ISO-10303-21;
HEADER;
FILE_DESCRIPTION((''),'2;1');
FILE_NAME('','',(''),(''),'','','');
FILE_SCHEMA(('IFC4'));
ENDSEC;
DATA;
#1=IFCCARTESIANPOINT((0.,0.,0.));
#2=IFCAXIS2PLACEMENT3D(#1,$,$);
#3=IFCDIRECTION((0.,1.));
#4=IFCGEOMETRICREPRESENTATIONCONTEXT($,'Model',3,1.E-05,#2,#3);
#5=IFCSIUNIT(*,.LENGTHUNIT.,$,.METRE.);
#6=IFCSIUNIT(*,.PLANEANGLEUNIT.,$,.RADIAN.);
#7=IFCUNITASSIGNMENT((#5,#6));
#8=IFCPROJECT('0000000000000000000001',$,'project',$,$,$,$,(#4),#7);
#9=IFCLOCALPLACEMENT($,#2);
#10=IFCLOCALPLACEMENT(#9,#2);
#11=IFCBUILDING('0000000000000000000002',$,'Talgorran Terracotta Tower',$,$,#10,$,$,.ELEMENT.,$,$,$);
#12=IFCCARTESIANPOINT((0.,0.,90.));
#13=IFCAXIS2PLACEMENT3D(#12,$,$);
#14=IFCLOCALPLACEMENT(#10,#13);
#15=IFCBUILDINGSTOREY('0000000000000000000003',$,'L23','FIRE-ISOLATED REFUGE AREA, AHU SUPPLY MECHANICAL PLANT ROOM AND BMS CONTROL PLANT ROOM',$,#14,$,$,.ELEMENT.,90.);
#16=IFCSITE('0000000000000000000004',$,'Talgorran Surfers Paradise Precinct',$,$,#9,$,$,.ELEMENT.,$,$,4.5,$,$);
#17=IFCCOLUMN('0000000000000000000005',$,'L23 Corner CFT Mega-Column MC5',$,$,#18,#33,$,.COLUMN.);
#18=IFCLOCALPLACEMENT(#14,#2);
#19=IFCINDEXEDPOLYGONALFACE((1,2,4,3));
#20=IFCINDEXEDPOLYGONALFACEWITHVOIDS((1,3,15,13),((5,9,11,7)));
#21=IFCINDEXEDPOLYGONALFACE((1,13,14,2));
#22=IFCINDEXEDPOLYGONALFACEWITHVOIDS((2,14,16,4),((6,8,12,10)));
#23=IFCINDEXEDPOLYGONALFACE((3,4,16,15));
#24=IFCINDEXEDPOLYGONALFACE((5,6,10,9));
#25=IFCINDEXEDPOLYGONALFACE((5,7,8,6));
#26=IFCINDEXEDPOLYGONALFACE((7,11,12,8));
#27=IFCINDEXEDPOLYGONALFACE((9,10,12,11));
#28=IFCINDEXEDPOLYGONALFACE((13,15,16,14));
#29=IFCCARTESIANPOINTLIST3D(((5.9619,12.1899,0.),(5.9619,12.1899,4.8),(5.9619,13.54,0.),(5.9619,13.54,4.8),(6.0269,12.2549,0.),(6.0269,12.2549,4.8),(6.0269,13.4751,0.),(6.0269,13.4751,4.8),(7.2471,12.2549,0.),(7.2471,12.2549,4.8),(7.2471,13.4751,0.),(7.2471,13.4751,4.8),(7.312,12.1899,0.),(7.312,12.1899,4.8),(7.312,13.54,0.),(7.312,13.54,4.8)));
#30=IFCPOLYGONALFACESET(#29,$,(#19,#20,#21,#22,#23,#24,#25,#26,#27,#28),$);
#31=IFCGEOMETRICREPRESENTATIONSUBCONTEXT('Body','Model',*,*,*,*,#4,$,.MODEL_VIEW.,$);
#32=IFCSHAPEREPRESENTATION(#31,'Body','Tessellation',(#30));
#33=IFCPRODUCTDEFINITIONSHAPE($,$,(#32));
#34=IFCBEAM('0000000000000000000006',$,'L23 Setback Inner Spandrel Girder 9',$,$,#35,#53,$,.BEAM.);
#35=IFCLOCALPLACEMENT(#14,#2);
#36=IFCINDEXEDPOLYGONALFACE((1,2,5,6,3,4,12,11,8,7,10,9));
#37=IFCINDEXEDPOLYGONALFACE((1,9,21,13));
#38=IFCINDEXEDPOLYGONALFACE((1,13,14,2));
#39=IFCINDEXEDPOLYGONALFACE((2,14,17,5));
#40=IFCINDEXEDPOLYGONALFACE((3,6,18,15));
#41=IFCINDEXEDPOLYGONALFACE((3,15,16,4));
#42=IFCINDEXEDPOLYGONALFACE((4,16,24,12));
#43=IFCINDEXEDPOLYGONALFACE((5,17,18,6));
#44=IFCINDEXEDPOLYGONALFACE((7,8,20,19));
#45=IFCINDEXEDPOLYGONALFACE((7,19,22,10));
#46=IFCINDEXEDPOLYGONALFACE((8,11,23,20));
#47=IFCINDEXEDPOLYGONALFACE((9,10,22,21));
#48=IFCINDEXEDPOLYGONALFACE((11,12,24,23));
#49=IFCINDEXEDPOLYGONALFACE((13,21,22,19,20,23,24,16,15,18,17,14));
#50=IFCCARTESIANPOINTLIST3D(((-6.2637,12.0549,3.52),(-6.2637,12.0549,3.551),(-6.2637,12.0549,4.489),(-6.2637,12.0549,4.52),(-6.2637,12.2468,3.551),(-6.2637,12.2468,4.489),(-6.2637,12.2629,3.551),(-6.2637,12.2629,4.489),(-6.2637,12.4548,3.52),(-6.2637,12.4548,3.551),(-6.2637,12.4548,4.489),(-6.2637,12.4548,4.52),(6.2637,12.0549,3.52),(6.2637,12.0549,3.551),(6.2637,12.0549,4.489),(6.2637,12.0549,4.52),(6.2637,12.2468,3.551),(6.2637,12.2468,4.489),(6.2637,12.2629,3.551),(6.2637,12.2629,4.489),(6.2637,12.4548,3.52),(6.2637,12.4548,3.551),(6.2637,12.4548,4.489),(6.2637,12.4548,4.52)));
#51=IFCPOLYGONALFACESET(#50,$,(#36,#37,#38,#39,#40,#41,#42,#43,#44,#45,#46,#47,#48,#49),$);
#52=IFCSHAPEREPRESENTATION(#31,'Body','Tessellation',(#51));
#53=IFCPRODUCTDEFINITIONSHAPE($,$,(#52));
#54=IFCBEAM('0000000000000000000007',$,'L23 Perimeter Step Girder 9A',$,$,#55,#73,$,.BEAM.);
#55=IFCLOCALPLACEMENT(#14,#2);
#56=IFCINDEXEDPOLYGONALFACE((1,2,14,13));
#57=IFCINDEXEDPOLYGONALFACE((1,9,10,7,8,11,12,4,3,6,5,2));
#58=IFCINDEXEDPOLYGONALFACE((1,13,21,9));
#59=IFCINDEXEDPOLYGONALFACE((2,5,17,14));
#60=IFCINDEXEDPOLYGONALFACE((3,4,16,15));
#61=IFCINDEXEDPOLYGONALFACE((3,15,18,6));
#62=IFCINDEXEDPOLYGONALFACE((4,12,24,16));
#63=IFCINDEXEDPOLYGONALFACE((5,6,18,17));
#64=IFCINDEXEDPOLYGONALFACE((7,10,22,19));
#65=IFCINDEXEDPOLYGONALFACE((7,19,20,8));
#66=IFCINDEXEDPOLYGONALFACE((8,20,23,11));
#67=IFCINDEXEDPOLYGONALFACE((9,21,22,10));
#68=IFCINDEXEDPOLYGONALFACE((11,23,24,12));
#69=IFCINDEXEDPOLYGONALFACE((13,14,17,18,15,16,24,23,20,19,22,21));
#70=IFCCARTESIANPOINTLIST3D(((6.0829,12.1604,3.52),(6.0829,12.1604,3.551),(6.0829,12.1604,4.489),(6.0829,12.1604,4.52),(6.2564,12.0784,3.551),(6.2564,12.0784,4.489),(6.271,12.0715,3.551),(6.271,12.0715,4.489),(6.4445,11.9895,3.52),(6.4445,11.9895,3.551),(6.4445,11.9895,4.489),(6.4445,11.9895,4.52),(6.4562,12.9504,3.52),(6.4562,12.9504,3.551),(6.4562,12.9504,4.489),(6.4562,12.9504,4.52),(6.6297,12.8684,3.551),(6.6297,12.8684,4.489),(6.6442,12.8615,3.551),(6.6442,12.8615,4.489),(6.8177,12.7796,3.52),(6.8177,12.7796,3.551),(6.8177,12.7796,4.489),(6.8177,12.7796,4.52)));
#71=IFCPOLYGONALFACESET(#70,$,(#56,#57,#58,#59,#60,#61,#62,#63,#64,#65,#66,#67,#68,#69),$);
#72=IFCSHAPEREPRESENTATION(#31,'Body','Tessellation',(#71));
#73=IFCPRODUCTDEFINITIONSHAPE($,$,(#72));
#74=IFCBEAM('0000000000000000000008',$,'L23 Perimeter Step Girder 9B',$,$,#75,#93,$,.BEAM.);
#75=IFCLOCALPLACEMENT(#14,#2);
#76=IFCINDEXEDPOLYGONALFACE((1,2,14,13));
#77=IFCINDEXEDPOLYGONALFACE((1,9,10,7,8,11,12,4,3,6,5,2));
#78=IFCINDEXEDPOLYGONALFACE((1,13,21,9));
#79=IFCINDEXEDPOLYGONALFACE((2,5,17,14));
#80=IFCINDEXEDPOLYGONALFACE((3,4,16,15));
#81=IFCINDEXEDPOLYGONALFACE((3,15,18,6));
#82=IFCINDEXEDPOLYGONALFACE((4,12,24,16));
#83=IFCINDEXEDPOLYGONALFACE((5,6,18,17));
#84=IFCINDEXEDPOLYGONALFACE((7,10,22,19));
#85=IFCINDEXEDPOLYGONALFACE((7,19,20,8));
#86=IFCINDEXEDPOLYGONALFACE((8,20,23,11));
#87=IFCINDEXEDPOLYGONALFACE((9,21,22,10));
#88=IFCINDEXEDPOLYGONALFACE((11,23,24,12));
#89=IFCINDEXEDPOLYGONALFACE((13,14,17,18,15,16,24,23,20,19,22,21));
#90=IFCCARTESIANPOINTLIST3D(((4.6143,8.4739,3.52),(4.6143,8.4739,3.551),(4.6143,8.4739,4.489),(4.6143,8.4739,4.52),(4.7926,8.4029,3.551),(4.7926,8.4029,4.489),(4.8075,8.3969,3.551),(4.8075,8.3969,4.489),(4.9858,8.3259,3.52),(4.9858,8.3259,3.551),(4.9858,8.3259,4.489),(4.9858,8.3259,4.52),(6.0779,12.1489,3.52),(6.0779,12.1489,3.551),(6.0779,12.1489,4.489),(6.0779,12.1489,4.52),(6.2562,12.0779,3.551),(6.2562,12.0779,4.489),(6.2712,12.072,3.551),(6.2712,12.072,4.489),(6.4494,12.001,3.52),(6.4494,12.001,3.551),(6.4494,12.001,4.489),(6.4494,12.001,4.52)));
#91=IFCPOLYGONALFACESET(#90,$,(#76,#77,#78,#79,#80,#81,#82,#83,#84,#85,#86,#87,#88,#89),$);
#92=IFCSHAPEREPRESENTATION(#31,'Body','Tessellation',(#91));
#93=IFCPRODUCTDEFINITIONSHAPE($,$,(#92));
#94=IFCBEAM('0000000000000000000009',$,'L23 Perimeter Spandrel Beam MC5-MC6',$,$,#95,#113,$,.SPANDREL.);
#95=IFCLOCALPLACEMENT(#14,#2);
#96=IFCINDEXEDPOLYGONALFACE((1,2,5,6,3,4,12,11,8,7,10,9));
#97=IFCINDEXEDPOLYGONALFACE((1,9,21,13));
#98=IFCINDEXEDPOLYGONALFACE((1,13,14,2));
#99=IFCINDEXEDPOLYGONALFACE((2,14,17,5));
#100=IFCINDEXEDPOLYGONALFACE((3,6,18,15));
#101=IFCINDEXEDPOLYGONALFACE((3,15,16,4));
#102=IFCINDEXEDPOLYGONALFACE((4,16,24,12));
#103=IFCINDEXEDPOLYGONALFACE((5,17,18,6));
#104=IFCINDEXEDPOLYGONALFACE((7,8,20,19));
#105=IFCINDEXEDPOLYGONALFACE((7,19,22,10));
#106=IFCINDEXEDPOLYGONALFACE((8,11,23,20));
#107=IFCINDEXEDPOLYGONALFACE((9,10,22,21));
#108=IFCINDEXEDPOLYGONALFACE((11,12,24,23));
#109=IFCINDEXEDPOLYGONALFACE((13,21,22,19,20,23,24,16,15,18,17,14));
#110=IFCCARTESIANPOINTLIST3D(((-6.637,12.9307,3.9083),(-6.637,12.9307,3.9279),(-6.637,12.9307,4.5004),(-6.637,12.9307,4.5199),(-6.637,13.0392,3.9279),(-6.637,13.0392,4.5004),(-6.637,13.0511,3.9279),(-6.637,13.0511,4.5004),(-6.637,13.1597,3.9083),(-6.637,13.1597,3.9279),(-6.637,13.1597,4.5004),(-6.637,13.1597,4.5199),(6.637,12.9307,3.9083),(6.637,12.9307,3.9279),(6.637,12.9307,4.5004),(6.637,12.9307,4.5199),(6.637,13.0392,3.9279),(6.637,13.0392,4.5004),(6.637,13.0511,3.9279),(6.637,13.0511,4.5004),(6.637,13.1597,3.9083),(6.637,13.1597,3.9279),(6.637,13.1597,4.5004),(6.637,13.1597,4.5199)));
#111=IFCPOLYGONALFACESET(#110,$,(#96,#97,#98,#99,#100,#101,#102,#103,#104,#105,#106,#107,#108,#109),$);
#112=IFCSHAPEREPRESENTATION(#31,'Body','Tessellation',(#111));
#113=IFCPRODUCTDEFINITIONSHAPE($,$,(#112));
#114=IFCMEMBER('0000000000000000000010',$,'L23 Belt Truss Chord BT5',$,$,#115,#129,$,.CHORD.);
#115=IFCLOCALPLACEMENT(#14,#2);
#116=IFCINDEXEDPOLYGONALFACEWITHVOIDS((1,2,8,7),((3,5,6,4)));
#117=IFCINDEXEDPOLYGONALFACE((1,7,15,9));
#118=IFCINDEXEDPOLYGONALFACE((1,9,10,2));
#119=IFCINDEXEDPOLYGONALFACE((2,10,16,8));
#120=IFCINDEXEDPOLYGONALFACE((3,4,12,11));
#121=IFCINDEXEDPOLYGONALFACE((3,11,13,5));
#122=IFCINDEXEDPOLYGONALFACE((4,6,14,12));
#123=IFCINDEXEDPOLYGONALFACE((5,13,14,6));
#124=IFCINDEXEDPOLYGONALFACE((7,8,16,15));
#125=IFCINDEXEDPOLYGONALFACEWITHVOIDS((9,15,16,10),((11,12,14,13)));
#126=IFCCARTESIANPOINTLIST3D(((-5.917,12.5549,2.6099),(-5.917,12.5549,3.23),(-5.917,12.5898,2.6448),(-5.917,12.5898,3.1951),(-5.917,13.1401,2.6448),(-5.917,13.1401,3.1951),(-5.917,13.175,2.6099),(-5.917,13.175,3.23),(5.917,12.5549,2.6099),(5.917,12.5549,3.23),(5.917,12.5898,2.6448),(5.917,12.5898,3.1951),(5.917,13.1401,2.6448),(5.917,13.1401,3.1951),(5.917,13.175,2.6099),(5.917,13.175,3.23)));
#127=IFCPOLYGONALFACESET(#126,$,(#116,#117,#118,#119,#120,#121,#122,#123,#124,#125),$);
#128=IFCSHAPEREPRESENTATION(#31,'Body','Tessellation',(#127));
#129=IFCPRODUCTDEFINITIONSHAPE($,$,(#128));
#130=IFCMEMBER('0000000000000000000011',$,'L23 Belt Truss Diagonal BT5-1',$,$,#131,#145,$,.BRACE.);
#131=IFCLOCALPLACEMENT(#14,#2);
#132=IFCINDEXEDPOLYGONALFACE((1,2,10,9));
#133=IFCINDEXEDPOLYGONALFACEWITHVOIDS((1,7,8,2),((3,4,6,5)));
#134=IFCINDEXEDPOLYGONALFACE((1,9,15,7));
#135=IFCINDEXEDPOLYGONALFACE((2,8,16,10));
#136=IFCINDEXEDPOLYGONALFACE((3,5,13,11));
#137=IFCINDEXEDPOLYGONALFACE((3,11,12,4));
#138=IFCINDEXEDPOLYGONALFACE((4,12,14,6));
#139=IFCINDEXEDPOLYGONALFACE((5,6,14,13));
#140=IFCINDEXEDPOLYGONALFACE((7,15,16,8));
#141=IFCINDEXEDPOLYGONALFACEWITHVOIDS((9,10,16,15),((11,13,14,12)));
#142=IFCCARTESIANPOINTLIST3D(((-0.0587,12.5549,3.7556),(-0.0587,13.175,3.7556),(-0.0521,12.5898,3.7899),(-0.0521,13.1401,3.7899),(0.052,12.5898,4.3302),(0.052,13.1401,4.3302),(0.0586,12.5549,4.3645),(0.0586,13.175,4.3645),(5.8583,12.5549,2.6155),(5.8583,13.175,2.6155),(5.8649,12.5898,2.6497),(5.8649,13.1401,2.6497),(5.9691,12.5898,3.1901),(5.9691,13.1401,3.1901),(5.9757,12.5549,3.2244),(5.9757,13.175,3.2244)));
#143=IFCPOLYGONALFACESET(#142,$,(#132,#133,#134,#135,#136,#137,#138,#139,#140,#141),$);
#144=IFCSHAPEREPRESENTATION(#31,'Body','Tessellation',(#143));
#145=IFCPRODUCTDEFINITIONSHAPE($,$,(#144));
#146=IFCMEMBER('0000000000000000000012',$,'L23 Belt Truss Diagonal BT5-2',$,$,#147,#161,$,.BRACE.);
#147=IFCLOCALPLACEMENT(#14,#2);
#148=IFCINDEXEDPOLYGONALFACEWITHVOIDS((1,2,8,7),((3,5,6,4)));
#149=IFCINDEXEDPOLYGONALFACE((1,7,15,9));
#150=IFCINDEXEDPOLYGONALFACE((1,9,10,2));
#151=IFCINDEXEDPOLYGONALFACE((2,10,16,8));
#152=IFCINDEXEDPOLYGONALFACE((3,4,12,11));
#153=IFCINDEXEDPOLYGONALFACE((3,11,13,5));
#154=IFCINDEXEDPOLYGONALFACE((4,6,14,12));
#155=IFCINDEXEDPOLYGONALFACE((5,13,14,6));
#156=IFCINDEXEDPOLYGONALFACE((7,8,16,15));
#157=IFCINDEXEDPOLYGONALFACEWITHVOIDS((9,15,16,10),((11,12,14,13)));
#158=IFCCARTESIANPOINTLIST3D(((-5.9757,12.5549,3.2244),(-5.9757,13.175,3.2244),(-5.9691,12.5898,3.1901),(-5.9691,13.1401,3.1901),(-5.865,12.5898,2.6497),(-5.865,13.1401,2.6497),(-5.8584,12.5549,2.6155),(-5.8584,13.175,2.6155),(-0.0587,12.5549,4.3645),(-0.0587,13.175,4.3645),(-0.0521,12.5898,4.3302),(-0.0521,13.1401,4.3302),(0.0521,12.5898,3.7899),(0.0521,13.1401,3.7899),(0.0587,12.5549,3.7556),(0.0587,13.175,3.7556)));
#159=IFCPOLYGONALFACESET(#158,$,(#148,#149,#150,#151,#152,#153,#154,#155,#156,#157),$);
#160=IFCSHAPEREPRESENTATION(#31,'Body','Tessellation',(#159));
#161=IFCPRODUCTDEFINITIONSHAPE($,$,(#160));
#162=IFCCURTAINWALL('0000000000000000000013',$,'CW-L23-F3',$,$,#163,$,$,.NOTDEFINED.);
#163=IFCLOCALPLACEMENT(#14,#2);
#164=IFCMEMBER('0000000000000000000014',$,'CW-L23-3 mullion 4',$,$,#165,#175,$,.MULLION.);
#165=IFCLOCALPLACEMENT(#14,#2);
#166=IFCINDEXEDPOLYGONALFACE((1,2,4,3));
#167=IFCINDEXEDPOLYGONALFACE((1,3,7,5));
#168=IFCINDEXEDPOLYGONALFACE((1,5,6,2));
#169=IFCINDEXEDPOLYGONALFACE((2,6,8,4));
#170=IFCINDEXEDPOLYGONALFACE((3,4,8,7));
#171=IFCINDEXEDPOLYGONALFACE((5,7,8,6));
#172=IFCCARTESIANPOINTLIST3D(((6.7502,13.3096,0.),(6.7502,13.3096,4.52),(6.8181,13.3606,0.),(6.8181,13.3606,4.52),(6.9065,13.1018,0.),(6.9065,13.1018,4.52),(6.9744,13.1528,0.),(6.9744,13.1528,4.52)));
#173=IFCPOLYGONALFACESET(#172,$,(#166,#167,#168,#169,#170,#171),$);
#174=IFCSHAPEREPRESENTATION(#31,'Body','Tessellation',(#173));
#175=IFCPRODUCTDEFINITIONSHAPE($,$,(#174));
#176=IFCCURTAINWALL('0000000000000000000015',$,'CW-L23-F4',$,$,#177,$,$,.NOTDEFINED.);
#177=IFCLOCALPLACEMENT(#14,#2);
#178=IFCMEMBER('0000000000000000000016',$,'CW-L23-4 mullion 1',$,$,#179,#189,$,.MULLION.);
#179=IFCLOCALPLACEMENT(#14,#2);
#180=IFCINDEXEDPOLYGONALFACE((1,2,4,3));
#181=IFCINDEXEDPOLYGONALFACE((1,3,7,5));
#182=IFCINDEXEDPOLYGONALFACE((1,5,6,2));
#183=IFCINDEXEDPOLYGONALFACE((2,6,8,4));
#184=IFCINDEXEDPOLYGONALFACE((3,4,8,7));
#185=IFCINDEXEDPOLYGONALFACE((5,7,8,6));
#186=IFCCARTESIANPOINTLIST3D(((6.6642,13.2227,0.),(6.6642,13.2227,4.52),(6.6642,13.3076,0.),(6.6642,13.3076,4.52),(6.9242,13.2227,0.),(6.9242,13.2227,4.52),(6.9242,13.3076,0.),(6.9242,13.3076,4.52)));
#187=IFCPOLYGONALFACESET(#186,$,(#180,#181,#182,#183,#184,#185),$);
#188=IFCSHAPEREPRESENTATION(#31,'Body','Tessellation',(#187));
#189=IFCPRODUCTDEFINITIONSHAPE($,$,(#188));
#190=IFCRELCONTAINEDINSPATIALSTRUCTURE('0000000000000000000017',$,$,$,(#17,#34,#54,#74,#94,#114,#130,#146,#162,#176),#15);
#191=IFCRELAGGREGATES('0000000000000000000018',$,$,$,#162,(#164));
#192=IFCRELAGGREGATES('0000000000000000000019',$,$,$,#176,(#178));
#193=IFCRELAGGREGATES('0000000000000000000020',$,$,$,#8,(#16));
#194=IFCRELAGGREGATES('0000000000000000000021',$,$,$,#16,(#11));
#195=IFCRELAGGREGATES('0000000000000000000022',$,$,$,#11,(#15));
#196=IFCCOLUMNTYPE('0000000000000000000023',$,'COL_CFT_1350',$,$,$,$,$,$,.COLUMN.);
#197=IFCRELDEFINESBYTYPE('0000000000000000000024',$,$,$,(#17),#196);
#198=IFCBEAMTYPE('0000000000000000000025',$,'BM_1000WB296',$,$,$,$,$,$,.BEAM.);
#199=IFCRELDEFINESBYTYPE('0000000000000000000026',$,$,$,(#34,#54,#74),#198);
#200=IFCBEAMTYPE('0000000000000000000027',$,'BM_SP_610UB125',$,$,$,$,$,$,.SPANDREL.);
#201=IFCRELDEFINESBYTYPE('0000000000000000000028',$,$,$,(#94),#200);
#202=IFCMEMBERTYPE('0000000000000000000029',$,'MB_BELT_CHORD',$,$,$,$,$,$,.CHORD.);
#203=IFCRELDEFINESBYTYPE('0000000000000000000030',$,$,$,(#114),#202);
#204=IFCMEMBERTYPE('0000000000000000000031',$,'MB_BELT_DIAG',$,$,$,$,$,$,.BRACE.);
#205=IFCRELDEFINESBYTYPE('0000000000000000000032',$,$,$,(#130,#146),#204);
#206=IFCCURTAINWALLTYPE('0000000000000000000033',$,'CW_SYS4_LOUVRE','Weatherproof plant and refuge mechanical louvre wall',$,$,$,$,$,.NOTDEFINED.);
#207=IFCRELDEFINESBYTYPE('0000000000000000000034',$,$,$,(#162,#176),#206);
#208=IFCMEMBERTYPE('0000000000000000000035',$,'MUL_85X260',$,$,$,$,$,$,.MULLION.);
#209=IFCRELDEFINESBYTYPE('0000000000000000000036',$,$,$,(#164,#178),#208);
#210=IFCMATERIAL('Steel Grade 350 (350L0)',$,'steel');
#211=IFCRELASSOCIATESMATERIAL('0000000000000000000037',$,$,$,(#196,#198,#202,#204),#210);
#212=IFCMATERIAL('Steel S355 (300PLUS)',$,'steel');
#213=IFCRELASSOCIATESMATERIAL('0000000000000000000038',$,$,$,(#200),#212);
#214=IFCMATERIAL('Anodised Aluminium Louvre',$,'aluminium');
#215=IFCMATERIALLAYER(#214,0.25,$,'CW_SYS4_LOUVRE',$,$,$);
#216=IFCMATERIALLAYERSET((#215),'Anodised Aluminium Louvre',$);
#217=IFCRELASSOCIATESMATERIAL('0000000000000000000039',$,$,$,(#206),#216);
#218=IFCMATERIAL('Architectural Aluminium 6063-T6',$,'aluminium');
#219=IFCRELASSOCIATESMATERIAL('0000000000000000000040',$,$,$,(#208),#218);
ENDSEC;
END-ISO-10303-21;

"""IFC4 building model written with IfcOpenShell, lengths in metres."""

from ifc_helpers import new_model, si_unit, direction, frame, origin, origin_2d, place, context, subcontext, project, spatial, rectangle, hollow_rectangle, i_section, extrude, material, layer, layer_set, material_profile, profile_set, type_object, element, aggregate, save


model = new_model("IFC4")

# Units and contexts
model_context = context("Model", 3, precision=1e-05, world=origin(), true_north=direction((0.0, 1.0)))
body_context = subcontext(model_context, "Body", "Model", "MODEL_VIEW")
ifc_project = project(units=[si_unit("LENGTHUNIT", "METRE"), si_unit("PLANEANGLEUNIT", "RADIAN")], contexts=[model_context])

# Site, building, storey
site_placement = place(None, origin())
site = spatial("IfcSite", under=ifc_project, at=site_placement, Name="Talgorran Surfers Paradise Precinct", CompositionType="ELEMENT", RefElevation=4.5)
building_placement = place(site_placement, origin())
building = spatial("IfcBuilding", under=site, at=building_placement, Name="Talgorran Terracotta Tower", CompositionType="ELEMENT")
storey_placement = place(building_placement, frame((0.0, 0.0, 90.0)))
storey = spatial("IfcBuildingStorey", under=building, at=storey_placement, Name="L23", Description="FIRE-ISOLATED REFUGE AREA, AHU SUPPLY MECHANICAL PLANT ROOM AND BMS CONTROL PLANT ROOM", CompositionType="ELEMENT", Elevation=90.0)

# Column
ifc_material_1 = material(Name="Steel Grade 350 (350L0)", Category="steel")
ifc_material_profile_1 = material_profile(ifc_material_1, hollow_rectangle(XDim=1.3501, YDim=1.3501, WallThickness=0.0649, at=origin_2d()), Name="CFT1350X1350X65")
ifc_profile_set_1 = profile_set([ifc_material_profile_1], Name="Steel Grade 350 (350L0)")
column_type = type_object("IfcColumnType", Name="COL_CFT_1350", PredefinedType="COLUMN", material=ifc_profile_set_1)
column_placement = place(storey_placement, frame((6.637, 12.865, 0.0), z_axis=(0.0, 0.0, 1.0), x_axis=(1.0, 0.0, 0.0)))
element("IfcColumn", 1, at=column_placement, inside=storey, type_object=column_type, Name="L23 Corner CFT Mega-Column MC5", PredefinedType="COLUMN", context=body_context, shape_type="SweptSolid", body=[
    extrude(hollow_rectangle(XDim=1.3501, YDim=1.3501, WallThickness=0.0649, at=origin_2d()), origin(), (0.0, 0.0, 1.0), 4.8),
])

# Beams
ifc_material_profile_2 = material_profile(ifc_material_1, i_section(OverallWidth=0.3999, OverallDepth=1.0, WebThickness=0.0161, FlangeThickness=0.031, at=origin_2d()), Name="1000WB296")
ifc_profile_set_2 = profile_set([ifc_material_profile_2], Name="Steel Grade 350 (350L0)")
beam_type_1 = type_object("IfcBeamType", Name="BM_1000WB296", PredefinedType="BEAM", material=ifc_profile_set_2)
beam_1_placement = place(storey_placement, frame((6.2637, 12.2549, 4.02), z_axis=(-1.0, 0.0, 0.0), x_axis=(0.0, -1.0, 0.0)))
element("IfcBeam", 2, at=beam_1_placement, inside=storey, type_object=beam_type_1, Name="L23 Setback Inner Spandrel Girder 9", PredefinedType="BEAM", context=body_context, shape_type="SweptSolid", body=[
    extrude(i_section(OverallWidth=0.3999, OverallDepth=1.0, WebThickness=0.0161, FlangeThickness=0.031, at=origin_2d()), origin(), (0.0, 0.0, 1.0), 12.5273),
])
beam_2_placement = place(storey_placement, frame((6.637, 12.865, 4.02), z_axis=(-0.427209, -0.904153, 0.0), x_axis=(0.904153, -0.427209, 0.0)))
element("IfcBeam", 3, at=beam_2_placement, inside=storey, type_object=beam_type_1, Name="L23 Perimeter Step Girder 9A", PredefinedType="BEAM", context=body_context, shape_type="SweptSolid", body=[
    extrude(i_section(OverallWidth=0.3999, OverallDepth=1.0, WebThickness=0.0161, FlangeThickness=0.031, at=origin_2d()), origin(), (0.0, 0.0, 1.0), 0.8738),
])
beam_3_placement = place(storey_placement, frame((6.2637, 12.075, 4.02), z_axis=(-0.369996, -0.929033, 0.0), x_axis=(0.929033, -0.369996, 0.0)))
element("IfcBeam", 4, at=beam_3_placement, inside=storey, type_object=beam_type_1, Name="L23 Perimeter Step Girder 9B", PredefinedType="BEAM", context=body_context, shape_type="SweptSolid", body=[
    extrude(i_section(OverallWidth=0.3999, OverallDepth=1.0, WebThickness=0.0161, FlangeThickness=0.031, at=origin_2d()), origin(), (0.0, 0.0, 1.0), 3.9558),
])
ifc_material_2 = material(Name="Steel S355 (300PLUS)", Category="steel")
ifc_material_profile_3 = material_profile(ifc_material_2, i_section(OverallWidth=0.229, OverallDepth=0.6116, WebThickness=0.012, FlangeThickness=0.0195, at=origin_2d()), Name="610UB125")
ifc_profile_set_3 = profile_set([ifc_material_profile_3], Name="Steel S355 (300PLUS)")
beam_type_2 = type_object("IfcBeamType", Name="BM_SP_610UB125", PredefinedType="SPANDREL", material=ifc_profile_set_3)
beam_4_placement = place(storey_placement, frame((6.637, 13.0452, 4.2141), z_axis=(-1.0, 0.0, 0.0), x_axis=(0.0, -1.0, 0.0)))
element("IfcBeam", 5, at=beam_4_placement, inside=storey, type_object=beam_type_2, Name="L23 Perimeter Spandrel Beam MC5-MC6", PredefinedType="SPANDREL", context=body_context, shape_type="SweptSolid", body=[
    extrude(i_section(OverallWidth=0.229, OverallDepth=0.6116, WebThickness=0.012, FlangeThickness=0.0195, at=origin_2d()), origin(), (0.0, 0.0, 1.0), 13.2739),
])

# Members
ifc_material_profile_4 = material_profile(ifc_material_1, hollow_rectangle(XDim=0.6201, YDim=0.6201, WallThickness=0.0349, at=origin_2d()), Name="WBOX620X620X35")
ifc_profile_set_4 = profile_set([ifc_material_profile_4], Name="Steel Grade 350 (350L0)")
member_type_1 = type_object("IfcMemberType", Name="MB_BELT_CHORD", PredefinedType="CHORD", material=ifc_profile_set_4)
member_1_placement = place(storey_placement, frame((5.917, 12.865, 2.9199), z_axis=(-1.0, 0.0, 0.0), x_axis=(0.0, -1.0, 0.0)))
element("IfcMember", 6, at=member_1_placement, inside=storey, type_object=member_type_1, Name="L23 Belt Truss Chord BT5", PredefinedType="CHORD", context=body_context, shape_type="SweptSolid", body=[
    extrude(hollow_rectangle(XDim=0.6201, YDim=0.6201, WallThickness=0.0349, at=origin_2d()), origin(), (0.0, 0.0, 1.0), 11.834),
])
ifc_material_profile_5 = material_profile(ifc_material_1, hollow_rectangle(XDim=0.6201, YDim=0.6201, WallThickness=0.0349, at=origin_2d()), Name="WBOX620X620X35")
ifc_profile_set_5 = profile_set([ifc_material_profile_5], Name="Steel Grade 350 (350L0)")
member_type_2 = type_object("IfcMemberType", Name="MB_BELT_DIAG", PredefinedType="BRACE", material=ifc_profile_set_5)
for number, where, z_axis, x_axis, name in (
    (7, (5.917, 12.865, 2.9199), (-0.981937, 0.0, 0.189208), (0.0, -1.0, 0.0), "L23 Belt Truss Diagonal BT5-1"),
    (8, (0.0, 12.865, 4.0601), (-0.981937, 0.0, -0.189208), (0.0, -1.0, 0.0), "L23 Belt Truss Diagonal BT5-2"),
):
    element("IfcMember", number, at=place(storey_placement, frame(where, z_axis=z_axis, x_axis=x_axis)), inside=storey, type_object=member_type_2, Name=name, PredefinedType="BRACE", context=body_context, shape_type="SweptSolid", body=[
        extrude(hollow_rectangle(XDim=0.6201, YDim=0.6201, WallThickness=0.0349, at=origin_2d()), origin(), (0.0, 0.0, 1.0), 6.0259),
    ])

# Curtain wall, member
ifc_material_3 = material(Name="Anodised Aluminium Louvre", Category="aluminium")
ifc_layer_1 = layer(ifc_material_3, 0.25, Name="CW_SYS4_LOUVRE")
ifc_layer_set_1 = layer_set([ifc_layer_1], Name="Anodised Aluminium Louvre")
curtain_wall_type = type_object("IfcCurtainWallType", Name="CW_SYS4_LOUVRE", Description="Weatherproof plant and refuge mechanical louvre wall", PredefinedType="NOTDEFINED", material=ifc_layer_set_1)
curtain_wall_1_placement = place(storey_placement, origin())
curtain_wall_1 = element("IfcCurtainWall", 9, at=curtain_wall_1_placement, inside=storey, type_object=curtain_wall_type, Name="CW-L23-F3", PredefinedType="NOTDEFINED")
ifc_material_4 = material(Name="Architectural Aluminium 6063-T6", Category="aluminium")
ifc_material_profile_6 = material_profile(ifc_material_4, rectangle(XDim=0.085, YDim=0.26, at=origin_2d()), Name="CWM85X260")
ifc_profile_set_6 = profile_set([ifc_material_profile_6], Name="Architectural Aluminium 6063-T6")
member_type_3 = type_object("IfcMemberType", Name="MUL_85X260", PredefinedType="MULLION", material=ifc_profile_set_6)
member_2_placement = place(storey_placement, frame((6.8623, 13.2312, 0.0), z_axis=(0.0, 0.0, 1.0), x_axis=(-0.799214, -0.601047, 0.0)))
member_2 = element("IfcMember", 10, at=member_2_placement, type_object=member_type_3, Name="CW-L23-3 mullion 4", PredefinedType="MULLION", context=body_context, shape_type="SweptSolid", body=[
    extrude(rectangle(XDim=0.085, YDim=0.26, at=origin_2d()), origin(), (0.0, 0.0, 1.0), 4.52),
])
aggregate(curtain_wall_1, [member_2])

# Curtain wall, member
curtain_wall_2_placement = place(storey_placement, origin())
curtain_wall_2 = element("IfcCurtainWall", 11, at=curtain_wall_2_placement, inside=storey, type_object=curtain_wall_type, Name="CW-L23-F4", PredefinedType="NOTDEFINED")
member_3_placement = place(storey_placement, frame((6.7942, 13.2651, 0.0), z_axis=(0.0, 0.0, 1.0), x_axis=(0.0, -1.0, 0.0)))
member_3 = element("IfcMember", 12, at=member_3_placement, type_object=member_type_3, Name="CW-L23-4 mullion 1", PredefinedType="MULLION", context=body_context, shape_type="SweptSolid", body=[
    extrude(rectangle(XDim=0.085, YDim=0.26, at=origin_2d()), origin(), (0.0, 0.0, 1.0), 4.52),
])

aggregate(curtain_wall_2, [member_3])

save(model, "model.ifc")
